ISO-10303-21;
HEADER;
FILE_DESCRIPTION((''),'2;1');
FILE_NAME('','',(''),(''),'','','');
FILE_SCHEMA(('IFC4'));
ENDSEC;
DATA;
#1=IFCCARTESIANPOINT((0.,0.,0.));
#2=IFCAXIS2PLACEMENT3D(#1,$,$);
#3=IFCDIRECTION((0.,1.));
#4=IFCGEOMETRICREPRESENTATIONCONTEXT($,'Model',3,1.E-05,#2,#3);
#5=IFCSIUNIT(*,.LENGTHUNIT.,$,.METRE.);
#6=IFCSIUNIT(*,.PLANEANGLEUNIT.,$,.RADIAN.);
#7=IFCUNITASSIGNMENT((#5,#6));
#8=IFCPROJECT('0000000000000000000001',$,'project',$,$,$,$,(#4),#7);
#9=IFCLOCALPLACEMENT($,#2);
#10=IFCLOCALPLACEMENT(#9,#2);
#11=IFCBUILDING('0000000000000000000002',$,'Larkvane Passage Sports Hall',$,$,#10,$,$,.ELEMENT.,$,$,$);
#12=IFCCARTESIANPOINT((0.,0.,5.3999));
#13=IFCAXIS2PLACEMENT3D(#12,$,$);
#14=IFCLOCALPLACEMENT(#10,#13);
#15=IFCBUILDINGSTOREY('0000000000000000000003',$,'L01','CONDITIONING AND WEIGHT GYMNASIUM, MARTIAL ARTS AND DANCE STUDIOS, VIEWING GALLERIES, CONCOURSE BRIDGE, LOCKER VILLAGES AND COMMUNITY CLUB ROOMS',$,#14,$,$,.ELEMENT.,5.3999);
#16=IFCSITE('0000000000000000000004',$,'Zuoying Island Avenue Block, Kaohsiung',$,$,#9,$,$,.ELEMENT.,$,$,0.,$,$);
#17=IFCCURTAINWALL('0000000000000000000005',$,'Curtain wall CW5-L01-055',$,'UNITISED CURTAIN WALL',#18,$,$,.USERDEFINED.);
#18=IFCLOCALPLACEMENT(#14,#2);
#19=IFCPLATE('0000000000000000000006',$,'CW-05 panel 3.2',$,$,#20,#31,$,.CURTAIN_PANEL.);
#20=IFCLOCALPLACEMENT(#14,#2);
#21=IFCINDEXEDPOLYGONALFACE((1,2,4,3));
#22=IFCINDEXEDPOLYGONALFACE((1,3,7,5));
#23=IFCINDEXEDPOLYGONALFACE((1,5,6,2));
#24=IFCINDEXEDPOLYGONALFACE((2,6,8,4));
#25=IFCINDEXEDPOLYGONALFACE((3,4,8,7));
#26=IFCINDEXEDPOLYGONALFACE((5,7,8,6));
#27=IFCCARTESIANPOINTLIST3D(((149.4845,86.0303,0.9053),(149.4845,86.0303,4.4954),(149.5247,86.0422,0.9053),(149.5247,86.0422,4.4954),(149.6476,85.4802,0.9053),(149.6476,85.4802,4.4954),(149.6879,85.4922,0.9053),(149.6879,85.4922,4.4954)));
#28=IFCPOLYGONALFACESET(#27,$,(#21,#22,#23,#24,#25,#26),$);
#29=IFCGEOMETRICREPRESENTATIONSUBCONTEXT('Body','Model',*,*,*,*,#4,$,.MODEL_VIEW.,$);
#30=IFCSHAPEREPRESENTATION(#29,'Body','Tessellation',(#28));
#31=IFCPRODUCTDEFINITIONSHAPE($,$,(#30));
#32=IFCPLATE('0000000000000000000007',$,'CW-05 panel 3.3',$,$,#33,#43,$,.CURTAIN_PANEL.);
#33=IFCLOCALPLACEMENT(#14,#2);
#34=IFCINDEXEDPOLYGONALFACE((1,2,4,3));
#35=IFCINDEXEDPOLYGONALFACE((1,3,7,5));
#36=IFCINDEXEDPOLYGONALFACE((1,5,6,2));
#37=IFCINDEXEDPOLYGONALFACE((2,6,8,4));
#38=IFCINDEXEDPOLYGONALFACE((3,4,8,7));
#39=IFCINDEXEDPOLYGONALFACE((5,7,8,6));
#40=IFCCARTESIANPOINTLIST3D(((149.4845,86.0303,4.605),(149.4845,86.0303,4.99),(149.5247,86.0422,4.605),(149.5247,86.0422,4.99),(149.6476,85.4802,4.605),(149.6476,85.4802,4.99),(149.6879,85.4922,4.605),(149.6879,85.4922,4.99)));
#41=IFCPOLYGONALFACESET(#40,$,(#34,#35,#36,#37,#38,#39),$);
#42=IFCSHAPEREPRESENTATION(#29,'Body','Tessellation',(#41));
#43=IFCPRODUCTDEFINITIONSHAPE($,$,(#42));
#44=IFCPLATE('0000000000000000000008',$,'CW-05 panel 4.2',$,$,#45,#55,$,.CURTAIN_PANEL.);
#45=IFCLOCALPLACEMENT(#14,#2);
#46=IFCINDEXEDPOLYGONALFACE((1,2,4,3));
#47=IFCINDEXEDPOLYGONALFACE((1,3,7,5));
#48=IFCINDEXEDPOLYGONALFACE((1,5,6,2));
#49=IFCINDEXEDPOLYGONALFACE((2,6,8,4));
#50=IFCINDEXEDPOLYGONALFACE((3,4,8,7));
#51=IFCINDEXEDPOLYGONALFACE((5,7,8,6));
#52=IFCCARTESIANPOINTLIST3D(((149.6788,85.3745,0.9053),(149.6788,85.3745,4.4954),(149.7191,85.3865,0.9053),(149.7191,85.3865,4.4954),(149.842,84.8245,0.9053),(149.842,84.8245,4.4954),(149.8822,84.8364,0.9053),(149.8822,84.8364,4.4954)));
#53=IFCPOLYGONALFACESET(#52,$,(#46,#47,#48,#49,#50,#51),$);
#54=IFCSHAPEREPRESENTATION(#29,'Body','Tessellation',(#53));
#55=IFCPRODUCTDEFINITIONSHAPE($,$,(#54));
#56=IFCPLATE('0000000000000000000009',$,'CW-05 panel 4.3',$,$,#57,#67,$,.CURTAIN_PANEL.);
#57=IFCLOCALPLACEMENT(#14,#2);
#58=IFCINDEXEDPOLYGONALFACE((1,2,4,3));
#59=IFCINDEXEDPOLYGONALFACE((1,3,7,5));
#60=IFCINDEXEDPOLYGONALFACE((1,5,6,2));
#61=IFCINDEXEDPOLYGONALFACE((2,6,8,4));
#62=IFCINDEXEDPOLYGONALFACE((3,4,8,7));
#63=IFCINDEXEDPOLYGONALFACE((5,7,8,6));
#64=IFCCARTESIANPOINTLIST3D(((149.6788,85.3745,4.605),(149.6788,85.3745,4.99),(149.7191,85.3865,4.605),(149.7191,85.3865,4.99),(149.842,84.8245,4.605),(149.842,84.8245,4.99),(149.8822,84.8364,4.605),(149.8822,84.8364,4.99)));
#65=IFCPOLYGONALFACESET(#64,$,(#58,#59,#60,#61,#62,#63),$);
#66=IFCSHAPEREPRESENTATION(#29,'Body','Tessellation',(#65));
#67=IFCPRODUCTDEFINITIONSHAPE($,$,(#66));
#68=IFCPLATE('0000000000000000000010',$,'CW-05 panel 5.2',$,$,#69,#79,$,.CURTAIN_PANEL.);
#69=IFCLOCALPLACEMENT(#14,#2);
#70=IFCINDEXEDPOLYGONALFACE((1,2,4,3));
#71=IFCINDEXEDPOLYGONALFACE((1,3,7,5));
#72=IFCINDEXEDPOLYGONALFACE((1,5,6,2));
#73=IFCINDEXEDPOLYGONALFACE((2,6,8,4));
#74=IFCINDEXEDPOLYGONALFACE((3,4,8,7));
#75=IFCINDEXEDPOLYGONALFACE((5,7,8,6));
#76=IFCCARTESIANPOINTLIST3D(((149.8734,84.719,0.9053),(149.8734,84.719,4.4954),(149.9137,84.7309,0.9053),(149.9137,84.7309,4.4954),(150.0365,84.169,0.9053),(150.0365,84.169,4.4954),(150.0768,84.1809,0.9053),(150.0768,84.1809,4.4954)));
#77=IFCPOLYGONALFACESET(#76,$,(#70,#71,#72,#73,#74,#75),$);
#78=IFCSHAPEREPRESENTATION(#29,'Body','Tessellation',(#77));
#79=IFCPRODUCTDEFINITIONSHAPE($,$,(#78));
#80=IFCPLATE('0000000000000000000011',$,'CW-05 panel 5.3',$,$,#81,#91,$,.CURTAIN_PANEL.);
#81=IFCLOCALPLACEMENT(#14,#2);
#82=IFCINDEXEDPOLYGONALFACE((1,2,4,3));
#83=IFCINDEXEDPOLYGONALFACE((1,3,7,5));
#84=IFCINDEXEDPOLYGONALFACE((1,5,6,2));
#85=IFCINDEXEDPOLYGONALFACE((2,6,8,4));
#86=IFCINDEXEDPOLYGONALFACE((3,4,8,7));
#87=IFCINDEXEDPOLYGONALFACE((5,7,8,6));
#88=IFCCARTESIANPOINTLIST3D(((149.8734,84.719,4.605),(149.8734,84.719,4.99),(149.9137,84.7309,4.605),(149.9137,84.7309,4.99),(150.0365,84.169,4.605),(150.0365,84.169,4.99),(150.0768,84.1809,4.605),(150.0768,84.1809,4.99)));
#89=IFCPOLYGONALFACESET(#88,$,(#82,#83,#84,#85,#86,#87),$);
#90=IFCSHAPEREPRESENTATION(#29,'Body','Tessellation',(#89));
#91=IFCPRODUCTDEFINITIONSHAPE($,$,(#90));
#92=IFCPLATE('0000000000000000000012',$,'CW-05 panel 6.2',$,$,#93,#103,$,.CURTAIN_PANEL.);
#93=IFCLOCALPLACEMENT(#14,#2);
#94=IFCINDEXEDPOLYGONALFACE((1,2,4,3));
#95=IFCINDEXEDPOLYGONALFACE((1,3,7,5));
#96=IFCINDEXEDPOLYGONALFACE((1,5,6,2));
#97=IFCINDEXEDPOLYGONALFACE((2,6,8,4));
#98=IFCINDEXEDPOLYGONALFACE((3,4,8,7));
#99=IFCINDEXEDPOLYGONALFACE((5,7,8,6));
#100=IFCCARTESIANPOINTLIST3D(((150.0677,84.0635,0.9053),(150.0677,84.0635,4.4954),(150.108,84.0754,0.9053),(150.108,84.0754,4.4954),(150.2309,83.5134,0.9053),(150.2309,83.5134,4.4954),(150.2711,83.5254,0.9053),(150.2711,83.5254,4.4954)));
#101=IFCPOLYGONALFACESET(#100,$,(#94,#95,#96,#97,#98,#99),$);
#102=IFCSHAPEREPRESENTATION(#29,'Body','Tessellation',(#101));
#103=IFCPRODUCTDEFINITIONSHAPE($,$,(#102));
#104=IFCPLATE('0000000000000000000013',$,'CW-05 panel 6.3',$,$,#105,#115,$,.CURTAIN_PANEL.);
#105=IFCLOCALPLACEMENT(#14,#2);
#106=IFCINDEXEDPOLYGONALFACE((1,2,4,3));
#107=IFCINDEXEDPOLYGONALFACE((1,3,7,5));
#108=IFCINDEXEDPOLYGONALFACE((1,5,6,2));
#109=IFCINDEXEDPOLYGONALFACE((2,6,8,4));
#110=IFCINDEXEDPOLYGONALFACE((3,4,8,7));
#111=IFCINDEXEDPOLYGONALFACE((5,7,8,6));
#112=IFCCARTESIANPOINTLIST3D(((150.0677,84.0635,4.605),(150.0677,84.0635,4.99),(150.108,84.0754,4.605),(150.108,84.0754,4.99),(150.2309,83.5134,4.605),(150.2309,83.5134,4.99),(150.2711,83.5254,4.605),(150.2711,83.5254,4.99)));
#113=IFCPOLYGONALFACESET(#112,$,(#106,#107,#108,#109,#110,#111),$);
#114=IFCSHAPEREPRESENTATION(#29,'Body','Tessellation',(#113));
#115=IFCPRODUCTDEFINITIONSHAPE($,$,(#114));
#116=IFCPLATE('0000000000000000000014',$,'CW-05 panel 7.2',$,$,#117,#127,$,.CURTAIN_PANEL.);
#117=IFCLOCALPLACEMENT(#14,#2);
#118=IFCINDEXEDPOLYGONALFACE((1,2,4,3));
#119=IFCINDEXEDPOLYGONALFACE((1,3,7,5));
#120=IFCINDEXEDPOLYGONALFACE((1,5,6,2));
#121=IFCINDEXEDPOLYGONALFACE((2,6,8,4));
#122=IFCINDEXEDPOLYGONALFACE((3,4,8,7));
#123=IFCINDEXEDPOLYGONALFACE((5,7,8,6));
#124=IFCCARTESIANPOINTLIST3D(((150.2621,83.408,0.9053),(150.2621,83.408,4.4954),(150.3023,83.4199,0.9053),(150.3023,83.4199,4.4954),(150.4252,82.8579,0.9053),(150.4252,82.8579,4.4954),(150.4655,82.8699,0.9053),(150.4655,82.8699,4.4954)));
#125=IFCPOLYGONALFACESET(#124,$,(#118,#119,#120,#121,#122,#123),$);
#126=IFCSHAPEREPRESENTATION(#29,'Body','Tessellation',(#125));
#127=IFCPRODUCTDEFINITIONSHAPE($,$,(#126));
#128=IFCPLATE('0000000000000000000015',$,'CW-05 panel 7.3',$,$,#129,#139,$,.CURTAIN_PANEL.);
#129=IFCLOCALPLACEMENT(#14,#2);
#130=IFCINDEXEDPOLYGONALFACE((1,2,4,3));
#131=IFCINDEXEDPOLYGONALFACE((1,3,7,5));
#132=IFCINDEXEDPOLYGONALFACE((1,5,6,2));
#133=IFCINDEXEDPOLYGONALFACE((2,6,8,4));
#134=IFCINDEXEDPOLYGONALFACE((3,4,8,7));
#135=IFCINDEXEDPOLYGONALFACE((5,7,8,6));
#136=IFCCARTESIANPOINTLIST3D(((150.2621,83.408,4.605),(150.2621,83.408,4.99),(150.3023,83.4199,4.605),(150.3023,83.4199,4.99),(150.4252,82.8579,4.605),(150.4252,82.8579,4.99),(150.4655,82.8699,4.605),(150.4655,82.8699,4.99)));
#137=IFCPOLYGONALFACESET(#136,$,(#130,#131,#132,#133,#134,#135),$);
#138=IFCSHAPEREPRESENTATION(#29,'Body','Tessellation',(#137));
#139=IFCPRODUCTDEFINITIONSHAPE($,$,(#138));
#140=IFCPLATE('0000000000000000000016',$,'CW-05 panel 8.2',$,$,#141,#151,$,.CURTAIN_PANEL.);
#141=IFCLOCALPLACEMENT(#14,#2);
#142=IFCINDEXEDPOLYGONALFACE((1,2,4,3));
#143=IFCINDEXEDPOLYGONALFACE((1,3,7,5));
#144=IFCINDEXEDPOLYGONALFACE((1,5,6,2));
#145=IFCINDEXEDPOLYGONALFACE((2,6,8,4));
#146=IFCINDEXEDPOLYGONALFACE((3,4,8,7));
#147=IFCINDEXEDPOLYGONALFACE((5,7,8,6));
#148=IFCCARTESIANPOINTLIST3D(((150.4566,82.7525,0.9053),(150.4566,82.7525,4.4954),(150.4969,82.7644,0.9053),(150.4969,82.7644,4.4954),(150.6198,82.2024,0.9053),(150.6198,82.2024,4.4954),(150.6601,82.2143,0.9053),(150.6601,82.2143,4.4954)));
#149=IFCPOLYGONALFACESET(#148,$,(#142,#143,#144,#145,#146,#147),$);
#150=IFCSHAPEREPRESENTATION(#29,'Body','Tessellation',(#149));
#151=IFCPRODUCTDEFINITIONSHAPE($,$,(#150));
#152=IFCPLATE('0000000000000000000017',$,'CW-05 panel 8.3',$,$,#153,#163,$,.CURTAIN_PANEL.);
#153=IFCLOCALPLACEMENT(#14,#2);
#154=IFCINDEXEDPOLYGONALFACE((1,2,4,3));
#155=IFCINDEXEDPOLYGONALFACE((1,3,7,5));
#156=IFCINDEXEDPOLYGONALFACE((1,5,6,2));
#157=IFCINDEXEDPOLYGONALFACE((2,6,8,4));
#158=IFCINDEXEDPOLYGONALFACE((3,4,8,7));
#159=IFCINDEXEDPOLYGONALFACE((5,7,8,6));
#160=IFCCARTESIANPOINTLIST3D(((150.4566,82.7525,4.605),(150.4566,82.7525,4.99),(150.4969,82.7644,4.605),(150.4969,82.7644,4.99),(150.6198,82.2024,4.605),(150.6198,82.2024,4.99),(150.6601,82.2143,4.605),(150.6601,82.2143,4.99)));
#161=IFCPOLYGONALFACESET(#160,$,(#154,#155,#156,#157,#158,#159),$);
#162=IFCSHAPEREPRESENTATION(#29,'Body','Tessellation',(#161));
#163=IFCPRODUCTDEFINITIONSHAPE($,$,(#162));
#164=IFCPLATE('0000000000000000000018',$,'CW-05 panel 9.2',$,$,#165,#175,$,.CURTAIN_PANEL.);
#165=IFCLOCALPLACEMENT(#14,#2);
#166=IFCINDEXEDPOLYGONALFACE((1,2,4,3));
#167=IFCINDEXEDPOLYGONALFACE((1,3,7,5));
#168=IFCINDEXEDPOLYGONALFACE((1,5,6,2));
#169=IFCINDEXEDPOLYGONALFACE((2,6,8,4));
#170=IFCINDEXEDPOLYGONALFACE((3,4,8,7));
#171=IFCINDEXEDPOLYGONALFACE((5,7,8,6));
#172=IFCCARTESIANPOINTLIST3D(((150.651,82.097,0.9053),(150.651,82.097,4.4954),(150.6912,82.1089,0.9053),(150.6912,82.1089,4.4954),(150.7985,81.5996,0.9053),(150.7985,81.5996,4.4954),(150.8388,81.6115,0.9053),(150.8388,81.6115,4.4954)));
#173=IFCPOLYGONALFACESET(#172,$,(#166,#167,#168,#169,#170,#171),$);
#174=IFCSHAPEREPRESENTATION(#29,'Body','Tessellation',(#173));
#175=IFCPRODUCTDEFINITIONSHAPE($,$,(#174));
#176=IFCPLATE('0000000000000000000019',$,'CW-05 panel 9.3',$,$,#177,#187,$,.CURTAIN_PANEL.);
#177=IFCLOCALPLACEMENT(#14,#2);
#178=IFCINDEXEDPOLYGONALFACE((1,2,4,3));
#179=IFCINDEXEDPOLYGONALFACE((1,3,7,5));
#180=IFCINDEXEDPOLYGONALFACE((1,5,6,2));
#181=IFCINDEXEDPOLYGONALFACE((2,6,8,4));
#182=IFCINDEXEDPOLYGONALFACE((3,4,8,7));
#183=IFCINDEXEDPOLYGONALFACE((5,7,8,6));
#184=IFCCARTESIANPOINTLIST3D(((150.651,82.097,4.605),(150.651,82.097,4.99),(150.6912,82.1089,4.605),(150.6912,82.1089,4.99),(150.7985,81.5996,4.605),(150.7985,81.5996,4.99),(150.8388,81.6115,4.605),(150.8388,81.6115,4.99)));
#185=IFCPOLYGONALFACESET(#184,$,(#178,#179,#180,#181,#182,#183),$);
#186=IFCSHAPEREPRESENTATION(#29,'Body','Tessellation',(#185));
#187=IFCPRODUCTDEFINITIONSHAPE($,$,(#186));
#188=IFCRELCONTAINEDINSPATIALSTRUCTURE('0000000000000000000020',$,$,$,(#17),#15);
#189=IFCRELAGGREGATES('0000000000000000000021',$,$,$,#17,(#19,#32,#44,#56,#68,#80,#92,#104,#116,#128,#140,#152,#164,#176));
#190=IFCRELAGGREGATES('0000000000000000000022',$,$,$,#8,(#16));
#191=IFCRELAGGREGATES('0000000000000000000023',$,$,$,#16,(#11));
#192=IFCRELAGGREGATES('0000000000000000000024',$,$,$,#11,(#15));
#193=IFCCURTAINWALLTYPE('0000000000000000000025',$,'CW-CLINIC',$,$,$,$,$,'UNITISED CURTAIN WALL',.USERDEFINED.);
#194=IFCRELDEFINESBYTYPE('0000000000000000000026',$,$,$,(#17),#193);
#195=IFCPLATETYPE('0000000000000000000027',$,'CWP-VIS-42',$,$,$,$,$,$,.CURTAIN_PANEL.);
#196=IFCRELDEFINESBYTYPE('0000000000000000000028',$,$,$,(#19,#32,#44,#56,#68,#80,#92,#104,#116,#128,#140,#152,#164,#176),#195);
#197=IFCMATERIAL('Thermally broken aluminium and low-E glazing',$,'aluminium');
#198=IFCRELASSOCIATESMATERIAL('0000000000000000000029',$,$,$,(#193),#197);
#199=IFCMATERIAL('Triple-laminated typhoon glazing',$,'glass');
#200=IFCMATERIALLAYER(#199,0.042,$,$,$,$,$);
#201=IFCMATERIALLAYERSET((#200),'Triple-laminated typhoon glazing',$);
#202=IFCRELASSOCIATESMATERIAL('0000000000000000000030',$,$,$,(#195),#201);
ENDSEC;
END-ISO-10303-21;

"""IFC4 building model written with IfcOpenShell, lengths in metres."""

from ifc_helpers import new_model, si_unit, direction, frame, origin, origin_2d, place, context, subcontext, project, spatial, rectangle, extrude, material, layer, layer_set, type_object, element, aggregate, save


model = new_model("IFC4")

# Units and contexts
model_context = context("Model", 3, precision=1e-05, world=origin(), true_north=direction((0.0, 1.0)))
body_context = subcontext(model_context, "Body", "Model", "MODEL_VIEW")
ifc_project = project(units=[si_unit("LENGTHUNIT", "METRE"), si_unit("PLANEANGLEUNIT", "RADIAN")], contexts=[model_context])

# Site, building, storey
site_placement = place(None, origin())
site = spatial("IfcSite", under=ifc_project, at=site_placement, Name="Zuoying Island Avenue Block, Kaohsiung", CompositionType="ELEMENT", RefElevation=0.0)
building_placement = place(site_placement, origin())
building = spatial("IfcBuilding", under=site, at=building_placement, Name="Larkvane Passage Sports Hall", CompositionType="ELEMENT")
storey_placement = place(building_placement, frame((0.0, 0.0, 5.3999)))
storey = spatial("IfcBuildingStorey", under=building, at=storey_placement, Name="L01", Description="CONDITIONING AND WEIGHT GYMNASIUM, MARTIAL ARTS AND DANCE STUDIOS, VIEWING GALLERIES, CONCOURSE BRIDGE, LOCKER VILLAGES AND COMMUNITY CLUB ROOMS", CompositionType="ELEMENT", Elevation=5.3999)

# Curtain wall, plates
ifc_material_1 = material(Name="Thermally broken aluminium and low-E glazing", Category="aluminium")
curtain_wall_type = type_object("IfcCurtainWallType", Name="CW-CLINIC", ElementType="UNITISED CURTAIN WALL", PredefinedType="USERDEFINED", material=ifc_material_1)
curtain_wall_placement = place(storey_placement, origin())
curtain_wall = element("IfcCurtainWall", 1, at=curtain_wall_placement, inside=storey, type_object=curtain_wall_type, Name="Curtain wall CW5-L01-055", ObjectType="UNITISED CURTAIN WALL", PredefinedType="USERDEFINED")
ifc_material_2 = material(Name="Triple-laminated typhoon glazing", Category="glass")
ifc_layer = layer(ifc_material_2, 0.042)
ifc_layer_set = layer_set([ifc_layer], Name="Triple-laminated typhoon glazing")
plate_type = type_object("IfcPlateType", Name="CWP-VIS-42", PredefinedType="CURTAIN_PANEL", material=ifc_layer_set)
plate_1_placement = place(storey_placement, frame((149.5862, 85.7612, 0.9053), z_axis=(0.0, 0.0, 1.0), x_axis=(0.284365, -0.958716, 0.0)))
plate_1 = element("IfcPlate", 2, at=plate_1_placement, type_object=plate_type, Name="CW-05 panel 3.2", PredefinedType="CURTAIN_PANEL", context=body_context, shape_type="SweptSolid", body=[
    extrude(rectangle(XDim=0.5737, YDim=0.042, at=origin_2d()), origin(), (0.0, 0.0, 1.0), 3.5901),
])
plate_2_placement = place(storey_placement, frame((149.5862, 85.7612, 4.605), z_axis=(0.0, 0.0, 1.0), x_axis=(0.284365, -0.958716, 0.0)))
plate_2 = element("IfcPlate", 3, at=plate_2_placement, type_object=plate_type, Name="CW-05 panel 3.3", PredefinedType="CURTAIN_PANEL", context=body_context, shape_type="SweptSolid", body=[
    extrude(rectangle(XDim=0.5737, YDim=0.042, at=origin_2d()), origin(), (0.0, 0.0, 1.0), 0.385),
])
plate_3_placement = place(storey_placement, frame((149.7805, 85.1055, 0.9053), z_axis=(0.0, 0.0, 1.0), x_axis=(0.284365, -0.958716, 0.0)))
plate_3 = element("IfcPlate", 4, at=plate_3_placement, type_object=plate_type, Name="CW-05 panel 4.2", PredefinedType="CURTAIN_PANEL", context=body_context, shape_type="SweptSolid", body=[
    extrude(rectangle(XDim=0.5737, YDim=0.042, at=origin_2d()), origin(), (0.0, 0.0, 1.0), 3.5901),
])
plate_4_placement = place(storey_placement, frame((149.7805, 85.1055, 4.605), z_axis=(0.0, 0.0, 1.0), x_axis=(0.284365, -0.958716, 0.0)))
plate_4 = element("IfcPlate", 5, at=plate_4_placement, type_object=plate_type, Name="CW-05 panel 4.3", PredefinedType="CURTAIN_PANEL", context=body_context, shape_type="SweptSolid", body=[
    extrude(rectangle(XDim=0.5737, YDim=0.042, at=origin_2d()), origin(), (0.0, 0.0, 1.0), 0.385),
])
plate_5_placement = place(storey_placement, frame((149.9751, 84.45, 0.9053), z_axis=(0.0, 0.0, 1.0), x_axis=(0.284365, -0.958716, 0.0)))
plate_5 = element("IfcPlate", 6, at=plate_5_placement, type_object=plate_type, Name="CW-05 panel 5.2", PredefinedType="CURTAIN_PANEL", context=body_context, shape_type="SweptSolid", body=[
    extrude(rectangle(XDim=0.5737, YDim=0.042, at=origin_2d()), origin(), (0.0, 0.0, 1.0), 3.5901),
])
plate_6_placement = place(storey_placement, frame((149.9751, 84.45, 4.605), z_axis=(0.0, 0.0, 1.0), x_axis=(0.284365, -0.958716, 0.0)))
plate_6 = element("IfcPlate", 7, at=plate_6_placement, type_object=plate_type, Name="CW-05 panel 5.3", PredefinedType="CURTAIN_PANEL", context=body_context, shape_type="SweptSolid", body=[
    extrude(rectangle(XDim=0.5737, YDim=0.042, at=origin_2d()), origin(), (0.0, 0.0, 1.0), 0.385),
])
plate_7_placement = place(storey_placement, frame((150.1694, 83.7944, 0.9053), z_axis=(0.0, 0.0, 1.0), x_axis=(0.284365, -0.958716, 0.0)))
plate_7 = element("IfcPlate", 8, at=plate_7_placement, type_object=plate_type, Name="CW-05 panel 6.2", PredefinedType="CURTAIN_PANEL", context=body_context, shape_type="SweptSolid", body=[
    extrude(rectangle(XDim=0.5737, YDim=0.042, at=origin_2d()), origin(), (0.0, 0.0, 1.0), 3.5901),
])
plate_8_placement = place(storey_placement, frame((150.1694, 83.7944, 4.605), z_axis=(0.0, 0.0, 1.0), x_axis=(0.284365, -0.958716, 0.0)))
plate_8 = element("IfcPlate", 9, at=plate_8_placement, type_object=plate_type, Name="CW-05 panel 6.3", PredefinedType="CURTAIN_PANEL", context=body_context, shape_type="SweptSolid", body=[
    extrude(rectangle(XDim=0.5737, YDim=0.042, at=origin_2d()), origin(), (0.0, 0.0, 1.0), 0.385),
])
plate_9_placement = place(storey_placement, frame((150.3638, 83.1389, 0.9053), z_axis=(0.0, 0.0, 1.0), x_axis=(0.284365, -0.958716, 0.0)))
plate_9 = element("IfcPlate", 10, at=plate_9_placement, type_object=plate_type, Name="CW-05 panel 7.2", PredefinedType="CURTAIN_PANEL", context=body_context, shape_type="SweptSolid", body=[
    extrude(rectangle(XDim=0.5737, YDim=0.042, at=origin_2d()), origin(), (0.0, 0.0, 1.0), 3.5901),
])
plate_10_placement = place(storey_placement, frame((150.3638, 83.1389, 4.605), z_axis=(0.0, 0.0, 1.0), x_axis=(0.284365, -0.958716, 0.0)))
plate_10 = element("IfcPlate", 11, at=plate_10_placement, type_object=plate_type, Name="CW-05 panel 7.3", PredefinedType="CURTAIN_PANEL", context=body_context, shape_type="SweptSolid", body=[
    extrude(rectangle(XDim=0.5737, YDim=0.042, at=origin_2d()), origin(), (0.0, 0.0, 1.0), 0.385),
])
plate_11_placement = place(storey_placement, frame((150.5583, 82.4834, 0.9053), z_axis=(0.0, 0.0, 1.0), x_axis=(0.284365, -0.958716, 0.0)))
plate_11 = element("IfcPlate", 12, at=plate_11_placement, type_object=plate_type, Name="CW-05 panel 8.2", PredefinedType="CURTAIN_PANEL", context=body_context, shape_type="SweptSolid", body=[
    extrude(rectangle(XDim=0.5737, YDim=0.042, at=origin_2d()), origin(), (0.0, 0.0, 1.0), 3.5901),
])
plate_12_placement = place(storey_placement, frame((150.5583, 82.4834, 4.605), z_axis=(0.0, 0.0, 1.0), x_axis=(0.284365, -0.958716, 0.0)))
plate_12 = element("IfcPlate", 13, at=plate_12_placement, type_object=plate_type, Name="CW-05 panel 8.3", PredefinedType="CURTAIN_PANEL", context=body_context, shape_type="SweptSolid", body=[
    extrude(rectangle(XDim=0.5737, YDim=0.042, at=origin_2d()), origin(), (0.0, 0.0, 1.0), 0.385),
])
plate_13_placement = place(storey_placement, frame((150.7449, 81.8542, 0.9053), z_axis=(0.0, 0.0, 1.0), x_axis=(0.284365, -0.958716, 0.0)))
plate_13 = element("IfcPlate", 14, at=plate_13_placement, type_object=plate_type, Name="CW-05 panel 9.2", PredefinedType="CURTAIN_PANEL", context=body_context, shape_type="SweptSolid", body=[
    extrude(rectangle(XDim=0.5188, YDim=0.042, at=origin_2d()), origin(), (0.0, 0.0, 1.0), 3.5901),
])
plate_14_placement = place(storey_placement, frame((150.7449, 81.8542, 4.605), z_axis=(0.0, 0.0, 1.0), x_axis=(0.284365, -0.958716, 0.0)))
plate_14 = element("IfcPlate", 15, at=plate_14_placement, type_object=plate_type, Name="CW-05 panel 9.3", PredefinedType="CURTAIN_PANEL", context=body_context, shape_type="SweptSolid", body=[
    extrude(rectangle(XDim=0.5188, YDim=0.042, at=origin_2d()), origin(), (0.0, 0.0, 1.0), 0.385),
])
aggregate(curtain_wall, [plate_1, plate_2, plate_3, plate_4, plate_5, plate_6, plate_7, plate_8, plate_9, plate_10, plate_11, plate_12, plate_13, plate_14])

save(model, "model.ifc")
